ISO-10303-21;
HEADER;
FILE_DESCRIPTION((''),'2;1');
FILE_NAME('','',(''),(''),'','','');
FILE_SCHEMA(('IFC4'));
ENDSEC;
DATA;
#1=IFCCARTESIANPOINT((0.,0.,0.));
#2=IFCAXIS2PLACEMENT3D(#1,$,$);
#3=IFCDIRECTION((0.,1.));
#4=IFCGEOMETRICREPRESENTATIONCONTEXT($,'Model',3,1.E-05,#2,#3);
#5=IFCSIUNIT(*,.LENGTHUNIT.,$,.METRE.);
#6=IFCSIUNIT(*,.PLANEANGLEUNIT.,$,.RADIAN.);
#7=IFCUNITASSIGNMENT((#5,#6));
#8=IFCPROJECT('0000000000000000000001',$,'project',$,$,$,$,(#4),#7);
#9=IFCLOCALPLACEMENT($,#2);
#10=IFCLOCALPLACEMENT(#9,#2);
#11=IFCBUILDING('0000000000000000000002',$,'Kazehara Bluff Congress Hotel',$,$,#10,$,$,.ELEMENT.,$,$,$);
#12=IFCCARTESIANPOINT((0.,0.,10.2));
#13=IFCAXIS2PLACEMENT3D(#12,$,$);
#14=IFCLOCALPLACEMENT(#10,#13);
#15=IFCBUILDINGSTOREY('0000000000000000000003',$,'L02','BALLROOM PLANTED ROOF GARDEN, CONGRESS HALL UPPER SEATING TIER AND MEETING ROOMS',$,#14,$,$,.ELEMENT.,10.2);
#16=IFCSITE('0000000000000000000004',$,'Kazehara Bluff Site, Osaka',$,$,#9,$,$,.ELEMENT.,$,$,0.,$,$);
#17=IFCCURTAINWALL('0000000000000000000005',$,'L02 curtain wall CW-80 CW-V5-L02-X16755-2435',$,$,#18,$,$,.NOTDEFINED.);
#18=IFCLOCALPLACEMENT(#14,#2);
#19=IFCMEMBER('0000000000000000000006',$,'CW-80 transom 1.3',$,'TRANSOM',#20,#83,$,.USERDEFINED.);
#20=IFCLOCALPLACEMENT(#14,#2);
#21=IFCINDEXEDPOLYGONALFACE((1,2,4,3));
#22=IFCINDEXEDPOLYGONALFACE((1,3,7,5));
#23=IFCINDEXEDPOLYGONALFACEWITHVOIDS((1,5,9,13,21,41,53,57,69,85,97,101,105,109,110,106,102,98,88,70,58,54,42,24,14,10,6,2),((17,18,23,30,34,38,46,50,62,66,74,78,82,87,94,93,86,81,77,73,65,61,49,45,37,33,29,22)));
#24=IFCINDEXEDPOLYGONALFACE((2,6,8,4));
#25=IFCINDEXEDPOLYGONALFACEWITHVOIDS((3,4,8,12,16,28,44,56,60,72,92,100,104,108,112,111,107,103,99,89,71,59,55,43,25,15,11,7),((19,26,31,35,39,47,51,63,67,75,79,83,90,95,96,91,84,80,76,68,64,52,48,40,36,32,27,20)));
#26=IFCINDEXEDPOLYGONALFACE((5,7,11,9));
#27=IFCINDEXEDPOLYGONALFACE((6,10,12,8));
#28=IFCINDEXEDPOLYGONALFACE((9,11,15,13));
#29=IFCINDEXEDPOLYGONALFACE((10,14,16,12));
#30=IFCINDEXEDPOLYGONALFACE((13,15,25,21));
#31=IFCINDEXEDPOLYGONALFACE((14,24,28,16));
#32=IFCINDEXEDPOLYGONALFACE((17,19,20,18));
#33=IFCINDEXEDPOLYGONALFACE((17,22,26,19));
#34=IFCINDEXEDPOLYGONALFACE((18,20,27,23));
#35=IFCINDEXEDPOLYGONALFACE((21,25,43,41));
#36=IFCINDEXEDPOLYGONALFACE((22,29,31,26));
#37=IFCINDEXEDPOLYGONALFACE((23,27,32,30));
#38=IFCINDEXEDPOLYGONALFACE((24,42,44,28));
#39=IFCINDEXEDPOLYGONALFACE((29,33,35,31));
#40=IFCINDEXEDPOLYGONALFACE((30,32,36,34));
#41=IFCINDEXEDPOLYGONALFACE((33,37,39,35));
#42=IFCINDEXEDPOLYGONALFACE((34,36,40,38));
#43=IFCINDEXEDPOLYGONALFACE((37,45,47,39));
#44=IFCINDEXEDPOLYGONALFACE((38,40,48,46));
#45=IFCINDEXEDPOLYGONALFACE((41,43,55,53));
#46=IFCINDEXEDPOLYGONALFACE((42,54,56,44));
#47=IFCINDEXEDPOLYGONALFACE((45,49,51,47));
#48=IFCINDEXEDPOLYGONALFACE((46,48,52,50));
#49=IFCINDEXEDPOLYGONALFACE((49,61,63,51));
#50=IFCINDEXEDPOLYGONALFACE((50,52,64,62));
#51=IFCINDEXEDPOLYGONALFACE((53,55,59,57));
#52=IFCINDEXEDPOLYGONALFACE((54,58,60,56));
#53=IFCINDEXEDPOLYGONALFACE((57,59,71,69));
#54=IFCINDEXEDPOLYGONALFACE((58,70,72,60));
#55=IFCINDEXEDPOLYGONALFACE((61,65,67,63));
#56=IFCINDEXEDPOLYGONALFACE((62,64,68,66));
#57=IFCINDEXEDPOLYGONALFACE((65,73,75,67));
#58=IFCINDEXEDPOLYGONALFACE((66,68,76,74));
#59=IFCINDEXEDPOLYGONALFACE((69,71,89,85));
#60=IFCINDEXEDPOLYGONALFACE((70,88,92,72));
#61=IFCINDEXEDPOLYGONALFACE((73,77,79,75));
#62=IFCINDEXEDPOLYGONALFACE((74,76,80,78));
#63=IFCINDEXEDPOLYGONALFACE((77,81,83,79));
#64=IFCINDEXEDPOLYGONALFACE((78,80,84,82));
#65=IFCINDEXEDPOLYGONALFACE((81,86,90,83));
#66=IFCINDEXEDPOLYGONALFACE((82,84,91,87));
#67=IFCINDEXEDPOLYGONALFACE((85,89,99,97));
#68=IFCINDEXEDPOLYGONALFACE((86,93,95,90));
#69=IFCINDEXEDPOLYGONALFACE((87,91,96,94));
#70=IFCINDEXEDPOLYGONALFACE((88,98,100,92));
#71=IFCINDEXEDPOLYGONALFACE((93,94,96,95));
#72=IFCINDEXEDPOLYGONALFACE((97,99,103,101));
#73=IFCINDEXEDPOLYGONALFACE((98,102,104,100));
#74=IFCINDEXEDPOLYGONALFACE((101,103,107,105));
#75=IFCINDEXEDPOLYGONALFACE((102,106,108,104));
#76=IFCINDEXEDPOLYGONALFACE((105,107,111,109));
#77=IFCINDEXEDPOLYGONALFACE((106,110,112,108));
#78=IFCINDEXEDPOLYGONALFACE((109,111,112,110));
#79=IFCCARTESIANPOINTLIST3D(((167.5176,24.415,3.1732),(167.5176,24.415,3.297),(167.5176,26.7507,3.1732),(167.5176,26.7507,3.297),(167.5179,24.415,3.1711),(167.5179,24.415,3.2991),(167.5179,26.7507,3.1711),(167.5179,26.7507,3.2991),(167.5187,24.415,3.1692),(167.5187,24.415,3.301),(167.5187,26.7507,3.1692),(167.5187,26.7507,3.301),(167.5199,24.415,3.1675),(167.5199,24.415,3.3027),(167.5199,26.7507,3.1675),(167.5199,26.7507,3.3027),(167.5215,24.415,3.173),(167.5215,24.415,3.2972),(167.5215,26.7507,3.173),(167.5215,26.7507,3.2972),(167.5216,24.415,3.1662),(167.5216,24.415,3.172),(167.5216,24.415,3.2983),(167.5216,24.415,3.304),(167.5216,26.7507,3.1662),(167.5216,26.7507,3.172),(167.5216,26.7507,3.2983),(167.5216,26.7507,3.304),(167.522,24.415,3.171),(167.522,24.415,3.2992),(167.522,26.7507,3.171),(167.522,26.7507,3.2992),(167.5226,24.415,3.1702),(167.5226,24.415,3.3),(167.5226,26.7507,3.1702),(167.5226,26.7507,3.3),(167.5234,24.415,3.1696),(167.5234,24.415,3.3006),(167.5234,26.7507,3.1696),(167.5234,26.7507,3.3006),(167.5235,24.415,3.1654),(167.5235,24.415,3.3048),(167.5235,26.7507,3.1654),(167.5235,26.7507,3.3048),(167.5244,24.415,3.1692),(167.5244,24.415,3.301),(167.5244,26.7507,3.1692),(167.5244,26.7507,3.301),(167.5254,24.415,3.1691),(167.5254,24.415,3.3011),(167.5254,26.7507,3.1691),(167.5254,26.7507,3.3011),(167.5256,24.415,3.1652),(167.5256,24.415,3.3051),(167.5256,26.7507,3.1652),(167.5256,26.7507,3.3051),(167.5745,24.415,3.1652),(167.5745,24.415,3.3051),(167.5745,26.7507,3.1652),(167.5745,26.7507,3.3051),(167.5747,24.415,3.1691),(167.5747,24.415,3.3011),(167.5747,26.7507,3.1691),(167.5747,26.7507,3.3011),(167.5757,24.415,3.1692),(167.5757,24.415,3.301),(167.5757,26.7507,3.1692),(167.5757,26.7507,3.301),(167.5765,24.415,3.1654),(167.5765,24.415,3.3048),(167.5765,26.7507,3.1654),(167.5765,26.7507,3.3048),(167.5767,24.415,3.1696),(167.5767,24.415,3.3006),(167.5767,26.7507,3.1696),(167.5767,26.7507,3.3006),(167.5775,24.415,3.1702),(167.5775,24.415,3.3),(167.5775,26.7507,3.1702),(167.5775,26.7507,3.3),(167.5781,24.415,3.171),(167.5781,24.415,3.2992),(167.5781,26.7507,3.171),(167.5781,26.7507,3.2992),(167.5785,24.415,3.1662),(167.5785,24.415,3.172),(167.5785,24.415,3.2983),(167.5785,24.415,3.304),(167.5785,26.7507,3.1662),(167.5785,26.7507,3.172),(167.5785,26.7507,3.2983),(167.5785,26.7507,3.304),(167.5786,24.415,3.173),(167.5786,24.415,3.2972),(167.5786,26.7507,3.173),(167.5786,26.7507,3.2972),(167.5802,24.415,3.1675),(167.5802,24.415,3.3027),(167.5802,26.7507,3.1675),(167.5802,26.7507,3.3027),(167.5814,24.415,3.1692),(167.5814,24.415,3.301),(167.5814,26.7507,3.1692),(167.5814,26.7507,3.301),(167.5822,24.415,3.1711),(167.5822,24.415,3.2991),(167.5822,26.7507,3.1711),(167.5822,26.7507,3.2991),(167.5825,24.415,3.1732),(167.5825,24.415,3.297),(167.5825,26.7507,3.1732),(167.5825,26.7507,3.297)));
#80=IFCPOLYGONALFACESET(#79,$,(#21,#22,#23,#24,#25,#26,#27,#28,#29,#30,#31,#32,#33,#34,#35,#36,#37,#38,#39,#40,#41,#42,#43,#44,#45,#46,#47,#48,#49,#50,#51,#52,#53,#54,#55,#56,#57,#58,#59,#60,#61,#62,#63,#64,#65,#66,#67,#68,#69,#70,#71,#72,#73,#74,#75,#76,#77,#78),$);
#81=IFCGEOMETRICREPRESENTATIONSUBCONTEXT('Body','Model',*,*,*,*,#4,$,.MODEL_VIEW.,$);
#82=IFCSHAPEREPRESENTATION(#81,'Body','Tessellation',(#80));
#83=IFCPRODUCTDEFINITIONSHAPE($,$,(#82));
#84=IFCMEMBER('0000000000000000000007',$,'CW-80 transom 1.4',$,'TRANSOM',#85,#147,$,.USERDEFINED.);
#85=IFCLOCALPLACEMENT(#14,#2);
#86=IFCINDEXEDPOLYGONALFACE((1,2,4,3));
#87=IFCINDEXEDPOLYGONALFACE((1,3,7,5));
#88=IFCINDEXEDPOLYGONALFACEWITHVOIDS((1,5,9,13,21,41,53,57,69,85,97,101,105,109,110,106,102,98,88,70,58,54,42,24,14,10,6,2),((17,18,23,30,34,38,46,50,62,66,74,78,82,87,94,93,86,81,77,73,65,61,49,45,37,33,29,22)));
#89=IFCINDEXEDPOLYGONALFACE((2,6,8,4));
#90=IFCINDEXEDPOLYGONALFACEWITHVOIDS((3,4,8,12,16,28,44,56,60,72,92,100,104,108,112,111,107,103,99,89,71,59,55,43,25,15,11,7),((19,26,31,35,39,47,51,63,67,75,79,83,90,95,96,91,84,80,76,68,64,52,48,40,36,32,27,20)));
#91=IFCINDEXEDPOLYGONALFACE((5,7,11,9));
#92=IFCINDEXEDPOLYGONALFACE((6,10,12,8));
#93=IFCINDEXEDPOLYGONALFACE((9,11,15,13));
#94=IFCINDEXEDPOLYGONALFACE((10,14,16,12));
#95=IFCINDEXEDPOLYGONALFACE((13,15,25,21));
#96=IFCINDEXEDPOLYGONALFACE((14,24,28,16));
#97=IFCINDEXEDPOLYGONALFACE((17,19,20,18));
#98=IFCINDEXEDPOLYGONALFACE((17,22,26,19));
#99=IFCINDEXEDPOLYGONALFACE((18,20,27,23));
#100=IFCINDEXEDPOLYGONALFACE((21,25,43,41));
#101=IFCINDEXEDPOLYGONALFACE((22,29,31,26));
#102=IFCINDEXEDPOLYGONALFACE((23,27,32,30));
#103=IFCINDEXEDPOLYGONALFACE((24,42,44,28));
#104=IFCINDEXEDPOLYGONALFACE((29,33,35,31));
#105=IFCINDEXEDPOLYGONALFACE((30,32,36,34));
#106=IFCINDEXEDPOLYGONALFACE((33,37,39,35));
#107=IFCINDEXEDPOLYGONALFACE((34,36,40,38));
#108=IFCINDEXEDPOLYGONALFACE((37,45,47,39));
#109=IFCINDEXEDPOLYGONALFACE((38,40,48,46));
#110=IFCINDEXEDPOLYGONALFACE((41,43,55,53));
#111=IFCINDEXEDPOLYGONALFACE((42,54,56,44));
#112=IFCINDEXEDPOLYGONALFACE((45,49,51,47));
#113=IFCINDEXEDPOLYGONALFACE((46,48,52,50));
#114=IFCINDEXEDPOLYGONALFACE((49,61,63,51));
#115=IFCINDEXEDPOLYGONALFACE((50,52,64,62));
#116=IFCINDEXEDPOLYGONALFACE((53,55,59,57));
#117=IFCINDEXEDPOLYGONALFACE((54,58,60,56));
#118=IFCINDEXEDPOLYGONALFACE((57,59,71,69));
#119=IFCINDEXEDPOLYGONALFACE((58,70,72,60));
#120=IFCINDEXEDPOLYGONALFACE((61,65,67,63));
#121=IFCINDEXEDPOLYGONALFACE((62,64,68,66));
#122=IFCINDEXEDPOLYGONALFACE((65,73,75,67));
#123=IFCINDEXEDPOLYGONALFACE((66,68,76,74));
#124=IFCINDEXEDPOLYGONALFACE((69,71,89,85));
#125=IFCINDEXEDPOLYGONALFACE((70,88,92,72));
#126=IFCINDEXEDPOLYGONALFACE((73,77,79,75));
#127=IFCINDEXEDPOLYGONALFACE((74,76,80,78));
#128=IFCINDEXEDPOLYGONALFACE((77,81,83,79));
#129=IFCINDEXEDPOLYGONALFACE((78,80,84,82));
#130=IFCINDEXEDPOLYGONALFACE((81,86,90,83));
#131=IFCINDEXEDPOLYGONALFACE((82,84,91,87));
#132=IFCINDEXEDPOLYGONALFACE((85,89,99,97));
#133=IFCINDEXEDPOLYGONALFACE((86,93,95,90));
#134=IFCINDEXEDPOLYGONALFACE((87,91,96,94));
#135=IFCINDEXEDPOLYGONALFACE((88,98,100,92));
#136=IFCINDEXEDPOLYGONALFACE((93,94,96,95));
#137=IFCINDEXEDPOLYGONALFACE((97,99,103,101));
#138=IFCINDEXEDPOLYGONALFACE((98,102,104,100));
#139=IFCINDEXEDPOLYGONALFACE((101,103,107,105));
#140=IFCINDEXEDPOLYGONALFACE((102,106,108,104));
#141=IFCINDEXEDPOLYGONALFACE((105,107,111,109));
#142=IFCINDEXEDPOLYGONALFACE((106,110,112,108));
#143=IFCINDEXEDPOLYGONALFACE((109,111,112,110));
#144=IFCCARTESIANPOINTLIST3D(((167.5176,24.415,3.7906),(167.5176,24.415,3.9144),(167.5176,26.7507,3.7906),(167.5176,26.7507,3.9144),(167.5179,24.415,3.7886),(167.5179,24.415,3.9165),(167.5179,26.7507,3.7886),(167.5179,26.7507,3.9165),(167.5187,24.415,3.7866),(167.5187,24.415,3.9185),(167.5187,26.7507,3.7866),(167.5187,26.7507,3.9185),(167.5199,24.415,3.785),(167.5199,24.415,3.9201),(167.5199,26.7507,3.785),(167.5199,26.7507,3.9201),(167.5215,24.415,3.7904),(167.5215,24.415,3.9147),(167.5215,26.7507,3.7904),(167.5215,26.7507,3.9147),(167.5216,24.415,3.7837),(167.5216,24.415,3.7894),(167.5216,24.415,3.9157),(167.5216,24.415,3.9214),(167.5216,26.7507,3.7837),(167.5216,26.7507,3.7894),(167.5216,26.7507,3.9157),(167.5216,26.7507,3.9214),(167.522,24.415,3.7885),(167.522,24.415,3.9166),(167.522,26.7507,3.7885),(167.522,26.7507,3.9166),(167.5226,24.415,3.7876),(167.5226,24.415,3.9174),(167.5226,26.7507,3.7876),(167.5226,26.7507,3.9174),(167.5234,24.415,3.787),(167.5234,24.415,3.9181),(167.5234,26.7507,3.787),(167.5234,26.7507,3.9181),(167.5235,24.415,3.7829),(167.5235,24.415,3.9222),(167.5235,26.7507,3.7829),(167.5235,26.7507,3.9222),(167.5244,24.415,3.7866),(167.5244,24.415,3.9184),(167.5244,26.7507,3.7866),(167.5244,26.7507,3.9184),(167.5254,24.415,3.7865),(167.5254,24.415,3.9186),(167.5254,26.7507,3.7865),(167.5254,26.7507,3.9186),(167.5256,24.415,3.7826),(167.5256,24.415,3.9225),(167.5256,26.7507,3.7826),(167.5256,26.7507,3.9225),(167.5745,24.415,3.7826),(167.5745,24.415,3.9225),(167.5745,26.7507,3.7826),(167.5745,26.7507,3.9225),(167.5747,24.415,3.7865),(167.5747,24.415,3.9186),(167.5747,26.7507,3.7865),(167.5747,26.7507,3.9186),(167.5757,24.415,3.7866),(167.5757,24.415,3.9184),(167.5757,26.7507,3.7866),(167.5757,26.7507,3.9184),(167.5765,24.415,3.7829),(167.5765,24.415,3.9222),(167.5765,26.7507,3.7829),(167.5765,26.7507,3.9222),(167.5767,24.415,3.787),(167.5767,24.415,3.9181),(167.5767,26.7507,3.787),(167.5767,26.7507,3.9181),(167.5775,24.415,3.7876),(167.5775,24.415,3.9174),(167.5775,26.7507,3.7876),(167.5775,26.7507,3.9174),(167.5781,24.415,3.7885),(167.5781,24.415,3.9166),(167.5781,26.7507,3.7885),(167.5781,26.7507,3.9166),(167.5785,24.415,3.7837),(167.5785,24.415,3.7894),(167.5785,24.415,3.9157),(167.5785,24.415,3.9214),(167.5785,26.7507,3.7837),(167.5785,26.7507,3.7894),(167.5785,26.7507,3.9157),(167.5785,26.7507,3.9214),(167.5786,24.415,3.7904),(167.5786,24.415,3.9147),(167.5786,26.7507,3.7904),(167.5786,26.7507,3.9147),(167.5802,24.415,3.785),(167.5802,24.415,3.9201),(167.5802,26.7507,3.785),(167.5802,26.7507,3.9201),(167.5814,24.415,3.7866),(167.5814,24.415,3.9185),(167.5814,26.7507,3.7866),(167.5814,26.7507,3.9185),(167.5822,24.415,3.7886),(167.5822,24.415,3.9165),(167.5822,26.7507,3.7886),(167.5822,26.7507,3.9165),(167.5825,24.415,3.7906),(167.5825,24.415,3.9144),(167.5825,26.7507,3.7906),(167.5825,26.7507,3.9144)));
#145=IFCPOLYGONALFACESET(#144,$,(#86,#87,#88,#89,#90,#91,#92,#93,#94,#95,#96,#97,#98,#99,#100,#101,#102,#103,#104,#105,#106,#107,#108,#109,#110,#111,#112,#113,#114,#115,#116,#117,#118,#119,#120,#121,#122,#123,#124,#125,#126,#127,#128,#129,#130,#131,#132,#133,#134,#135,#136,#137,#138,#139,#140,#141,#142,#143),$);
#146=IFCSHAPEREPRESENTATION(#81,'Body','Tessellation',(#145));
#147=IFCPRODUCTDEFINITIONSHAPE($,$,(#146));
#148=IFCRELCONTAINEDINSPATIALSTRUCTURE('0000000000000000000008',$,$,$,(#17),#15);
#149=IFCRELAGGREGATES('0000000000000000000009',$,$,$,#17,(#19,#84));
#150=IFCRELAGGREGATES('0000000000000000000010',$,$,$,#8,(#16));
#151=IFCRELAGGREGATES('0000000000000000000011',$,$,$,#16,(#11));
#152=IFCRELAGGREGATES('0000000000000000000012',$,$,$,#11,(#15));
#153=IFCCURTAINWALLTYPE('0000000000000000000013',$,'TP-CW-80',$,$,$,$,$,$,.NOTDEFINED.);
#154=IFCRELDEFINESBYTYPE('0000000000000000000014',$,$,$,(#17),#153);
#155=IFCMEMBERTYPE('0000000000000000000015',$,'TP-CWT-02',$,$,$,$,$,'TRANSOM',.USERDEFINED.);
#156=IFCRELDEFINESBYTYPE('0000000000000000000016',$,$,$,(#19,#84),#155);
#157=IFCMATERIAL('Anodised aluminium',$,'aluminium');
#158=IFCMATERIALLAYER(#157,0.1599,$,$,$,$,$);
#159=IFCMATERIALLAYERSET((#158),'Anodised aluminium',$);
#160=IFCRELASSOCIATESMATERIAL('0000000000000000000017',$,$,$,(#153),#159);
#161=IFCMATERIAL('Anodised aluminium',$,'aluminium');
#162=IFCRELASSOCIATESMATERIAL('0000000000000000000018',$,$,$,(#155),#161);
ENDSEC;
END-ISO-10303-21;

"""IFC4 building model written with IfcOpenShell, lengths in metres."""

from ifc_helpers import new_model, si_unit, direction, frame, origin, origin_2d, place, context, subcontext, project, spatial, hollow_rectangle, extrude, material, layer, layer_set, material_profile, profile_set, type_object, element, aggregate, save


model = new_model("IFC4")

# Units and contexts
model_context = context("Model", 3, precision=1e-05, world=origin(), true_north=direction((0.0, 1.0)))
body_context = subcontext(model_context, "Body", "Model", "MODEL_VIEW")
ifc_project = project(units=[si_unit("LENGTHUNIT", "METRE"), si_unit("PLANEANGLEUNIT", "RADIAN")], contexts=[model_context])

# Site, building, storey
site_placement = place(None, origin())
site = spatial("IfcSite", under=ifc_project, at=site_placement, Name="Kazehara Bluff Site, Osaka", CompositionType="ELEMENT", RefElevation=0.0)
building_placement = place(site_placement, origin())
building = spatial("IfcBuilding", under=site, at=building_placement, Name="Kazehara Bluff Congress Hotel", CompositionType="ELEMENT")
storey_placement = place(building_placement, frame((0.0, 0.0, 10.2)))
storey = spatial("IfcBuildingStorey", under=building, at=storey_placement, Name="L02", Description="BALLROOM PLANTED ROOF GARDEN, CONGRESS HALL UPPER SEATING TIER AND MEETING ROOMS", CompositionType="ELEMENT", Elevation=10.2)

# Curtain wall, members
ifc_material_1 = material(Name="Anodised aluminium", Category="aluminium")
ifc_layer_1 = layer(ifc_material_1, 0.1599)
ifc_layer_set_1 = layer_set([ifc_layer_1], Name="Anodised aluminium")
curtain_wall_type = type_object("IfcCurtainWallType", Name="TP-CW-80", PredefinedType="NOTDEFINED", material=ifc_layer_set_1)
curtain_wall_placement = place(storey_placement, origin())
curtain_wall = element("IfcCurtainWall", 1, at=curtain_wall_placement, inside=storey, type_object=curtain_wall_type, Name="L02 curtain wall CW-80 CW-V5-L02-X16755-2435", PredefinedType="NOTDEFINED")
ifc_material_2 = material(Name="Anodised aluminium", Category="aluminium")
ifc_material_profile_1 = material_profile(ifc_material_2, hollow_rectangle(XDim=0.0649, YDim=0.1399, WallThickness=0.0039, InnerFilletRadius=0.0039, OuterFilletRadius=0.0081, at=origin_2d()))
ifc_profile_set_1 = profile_set([ifc_material_profile_1], Name="Anodised aluminium")
member_type_1 = type_object("IfcMemberType", Name="TP-CWT-02", ElementType="TRANSOM", PredefinedType="USERDEFINED", material=ifc_profile_set_1)
member_1_placement = place(storey_placement, frame((167.55, 24.415, 3.2351), z_axis=(0.0, 1.0, 0.0), x_axis=(-1.0, 0.0, 0.0)))
member_1 = element("IfcMember", 2, at=member_1_placement, type_object=member_type_1, Name="CW-80 transom 1.3", ObjectType="TRANSOM", PredefinedType="USERDEFINED", context=body_context, shape_type="SweptSolid", body=[
    extrude(hollow_rectangle(XDim=0.0649, YDim=0.1399, WallThickness=0.0039, InnerFilletRadius=0.0039, OuterFilletRadius=0.0081, at=origin_2d()), origin(), (0.0, 0.0, 1.0), 2.3357),
])
member_2_placement = place(storey_placement, frame((167.55, 24.415, 3.8525), z_axis=(0.0, 1.0, 0.0), x_axis=(-1.0, 0.0, 0.0)))
member_2 = element("IfcMember", 3, at=member_2_placement, type_object=member_type_1, Name="CW-80 transom 1.4", ObjectType="TRANSOM", PredefinedType="USERDEFINED", context=body_context, shape_type="SweptSolid", body=[
    extrude(hollow_rectangle(XDim=0.0649, YDim=0.1399, WallThickness=0.0039, InnerFilletRadius=0.0039, OuterFilletRadius=0.0081, at=origin_2d()), origin(), (0.0, 0.0, 1.0), 2.3357),
])

aggregate(curtain_wall, [member_1, member_2])

save(model, "model.ifc")
